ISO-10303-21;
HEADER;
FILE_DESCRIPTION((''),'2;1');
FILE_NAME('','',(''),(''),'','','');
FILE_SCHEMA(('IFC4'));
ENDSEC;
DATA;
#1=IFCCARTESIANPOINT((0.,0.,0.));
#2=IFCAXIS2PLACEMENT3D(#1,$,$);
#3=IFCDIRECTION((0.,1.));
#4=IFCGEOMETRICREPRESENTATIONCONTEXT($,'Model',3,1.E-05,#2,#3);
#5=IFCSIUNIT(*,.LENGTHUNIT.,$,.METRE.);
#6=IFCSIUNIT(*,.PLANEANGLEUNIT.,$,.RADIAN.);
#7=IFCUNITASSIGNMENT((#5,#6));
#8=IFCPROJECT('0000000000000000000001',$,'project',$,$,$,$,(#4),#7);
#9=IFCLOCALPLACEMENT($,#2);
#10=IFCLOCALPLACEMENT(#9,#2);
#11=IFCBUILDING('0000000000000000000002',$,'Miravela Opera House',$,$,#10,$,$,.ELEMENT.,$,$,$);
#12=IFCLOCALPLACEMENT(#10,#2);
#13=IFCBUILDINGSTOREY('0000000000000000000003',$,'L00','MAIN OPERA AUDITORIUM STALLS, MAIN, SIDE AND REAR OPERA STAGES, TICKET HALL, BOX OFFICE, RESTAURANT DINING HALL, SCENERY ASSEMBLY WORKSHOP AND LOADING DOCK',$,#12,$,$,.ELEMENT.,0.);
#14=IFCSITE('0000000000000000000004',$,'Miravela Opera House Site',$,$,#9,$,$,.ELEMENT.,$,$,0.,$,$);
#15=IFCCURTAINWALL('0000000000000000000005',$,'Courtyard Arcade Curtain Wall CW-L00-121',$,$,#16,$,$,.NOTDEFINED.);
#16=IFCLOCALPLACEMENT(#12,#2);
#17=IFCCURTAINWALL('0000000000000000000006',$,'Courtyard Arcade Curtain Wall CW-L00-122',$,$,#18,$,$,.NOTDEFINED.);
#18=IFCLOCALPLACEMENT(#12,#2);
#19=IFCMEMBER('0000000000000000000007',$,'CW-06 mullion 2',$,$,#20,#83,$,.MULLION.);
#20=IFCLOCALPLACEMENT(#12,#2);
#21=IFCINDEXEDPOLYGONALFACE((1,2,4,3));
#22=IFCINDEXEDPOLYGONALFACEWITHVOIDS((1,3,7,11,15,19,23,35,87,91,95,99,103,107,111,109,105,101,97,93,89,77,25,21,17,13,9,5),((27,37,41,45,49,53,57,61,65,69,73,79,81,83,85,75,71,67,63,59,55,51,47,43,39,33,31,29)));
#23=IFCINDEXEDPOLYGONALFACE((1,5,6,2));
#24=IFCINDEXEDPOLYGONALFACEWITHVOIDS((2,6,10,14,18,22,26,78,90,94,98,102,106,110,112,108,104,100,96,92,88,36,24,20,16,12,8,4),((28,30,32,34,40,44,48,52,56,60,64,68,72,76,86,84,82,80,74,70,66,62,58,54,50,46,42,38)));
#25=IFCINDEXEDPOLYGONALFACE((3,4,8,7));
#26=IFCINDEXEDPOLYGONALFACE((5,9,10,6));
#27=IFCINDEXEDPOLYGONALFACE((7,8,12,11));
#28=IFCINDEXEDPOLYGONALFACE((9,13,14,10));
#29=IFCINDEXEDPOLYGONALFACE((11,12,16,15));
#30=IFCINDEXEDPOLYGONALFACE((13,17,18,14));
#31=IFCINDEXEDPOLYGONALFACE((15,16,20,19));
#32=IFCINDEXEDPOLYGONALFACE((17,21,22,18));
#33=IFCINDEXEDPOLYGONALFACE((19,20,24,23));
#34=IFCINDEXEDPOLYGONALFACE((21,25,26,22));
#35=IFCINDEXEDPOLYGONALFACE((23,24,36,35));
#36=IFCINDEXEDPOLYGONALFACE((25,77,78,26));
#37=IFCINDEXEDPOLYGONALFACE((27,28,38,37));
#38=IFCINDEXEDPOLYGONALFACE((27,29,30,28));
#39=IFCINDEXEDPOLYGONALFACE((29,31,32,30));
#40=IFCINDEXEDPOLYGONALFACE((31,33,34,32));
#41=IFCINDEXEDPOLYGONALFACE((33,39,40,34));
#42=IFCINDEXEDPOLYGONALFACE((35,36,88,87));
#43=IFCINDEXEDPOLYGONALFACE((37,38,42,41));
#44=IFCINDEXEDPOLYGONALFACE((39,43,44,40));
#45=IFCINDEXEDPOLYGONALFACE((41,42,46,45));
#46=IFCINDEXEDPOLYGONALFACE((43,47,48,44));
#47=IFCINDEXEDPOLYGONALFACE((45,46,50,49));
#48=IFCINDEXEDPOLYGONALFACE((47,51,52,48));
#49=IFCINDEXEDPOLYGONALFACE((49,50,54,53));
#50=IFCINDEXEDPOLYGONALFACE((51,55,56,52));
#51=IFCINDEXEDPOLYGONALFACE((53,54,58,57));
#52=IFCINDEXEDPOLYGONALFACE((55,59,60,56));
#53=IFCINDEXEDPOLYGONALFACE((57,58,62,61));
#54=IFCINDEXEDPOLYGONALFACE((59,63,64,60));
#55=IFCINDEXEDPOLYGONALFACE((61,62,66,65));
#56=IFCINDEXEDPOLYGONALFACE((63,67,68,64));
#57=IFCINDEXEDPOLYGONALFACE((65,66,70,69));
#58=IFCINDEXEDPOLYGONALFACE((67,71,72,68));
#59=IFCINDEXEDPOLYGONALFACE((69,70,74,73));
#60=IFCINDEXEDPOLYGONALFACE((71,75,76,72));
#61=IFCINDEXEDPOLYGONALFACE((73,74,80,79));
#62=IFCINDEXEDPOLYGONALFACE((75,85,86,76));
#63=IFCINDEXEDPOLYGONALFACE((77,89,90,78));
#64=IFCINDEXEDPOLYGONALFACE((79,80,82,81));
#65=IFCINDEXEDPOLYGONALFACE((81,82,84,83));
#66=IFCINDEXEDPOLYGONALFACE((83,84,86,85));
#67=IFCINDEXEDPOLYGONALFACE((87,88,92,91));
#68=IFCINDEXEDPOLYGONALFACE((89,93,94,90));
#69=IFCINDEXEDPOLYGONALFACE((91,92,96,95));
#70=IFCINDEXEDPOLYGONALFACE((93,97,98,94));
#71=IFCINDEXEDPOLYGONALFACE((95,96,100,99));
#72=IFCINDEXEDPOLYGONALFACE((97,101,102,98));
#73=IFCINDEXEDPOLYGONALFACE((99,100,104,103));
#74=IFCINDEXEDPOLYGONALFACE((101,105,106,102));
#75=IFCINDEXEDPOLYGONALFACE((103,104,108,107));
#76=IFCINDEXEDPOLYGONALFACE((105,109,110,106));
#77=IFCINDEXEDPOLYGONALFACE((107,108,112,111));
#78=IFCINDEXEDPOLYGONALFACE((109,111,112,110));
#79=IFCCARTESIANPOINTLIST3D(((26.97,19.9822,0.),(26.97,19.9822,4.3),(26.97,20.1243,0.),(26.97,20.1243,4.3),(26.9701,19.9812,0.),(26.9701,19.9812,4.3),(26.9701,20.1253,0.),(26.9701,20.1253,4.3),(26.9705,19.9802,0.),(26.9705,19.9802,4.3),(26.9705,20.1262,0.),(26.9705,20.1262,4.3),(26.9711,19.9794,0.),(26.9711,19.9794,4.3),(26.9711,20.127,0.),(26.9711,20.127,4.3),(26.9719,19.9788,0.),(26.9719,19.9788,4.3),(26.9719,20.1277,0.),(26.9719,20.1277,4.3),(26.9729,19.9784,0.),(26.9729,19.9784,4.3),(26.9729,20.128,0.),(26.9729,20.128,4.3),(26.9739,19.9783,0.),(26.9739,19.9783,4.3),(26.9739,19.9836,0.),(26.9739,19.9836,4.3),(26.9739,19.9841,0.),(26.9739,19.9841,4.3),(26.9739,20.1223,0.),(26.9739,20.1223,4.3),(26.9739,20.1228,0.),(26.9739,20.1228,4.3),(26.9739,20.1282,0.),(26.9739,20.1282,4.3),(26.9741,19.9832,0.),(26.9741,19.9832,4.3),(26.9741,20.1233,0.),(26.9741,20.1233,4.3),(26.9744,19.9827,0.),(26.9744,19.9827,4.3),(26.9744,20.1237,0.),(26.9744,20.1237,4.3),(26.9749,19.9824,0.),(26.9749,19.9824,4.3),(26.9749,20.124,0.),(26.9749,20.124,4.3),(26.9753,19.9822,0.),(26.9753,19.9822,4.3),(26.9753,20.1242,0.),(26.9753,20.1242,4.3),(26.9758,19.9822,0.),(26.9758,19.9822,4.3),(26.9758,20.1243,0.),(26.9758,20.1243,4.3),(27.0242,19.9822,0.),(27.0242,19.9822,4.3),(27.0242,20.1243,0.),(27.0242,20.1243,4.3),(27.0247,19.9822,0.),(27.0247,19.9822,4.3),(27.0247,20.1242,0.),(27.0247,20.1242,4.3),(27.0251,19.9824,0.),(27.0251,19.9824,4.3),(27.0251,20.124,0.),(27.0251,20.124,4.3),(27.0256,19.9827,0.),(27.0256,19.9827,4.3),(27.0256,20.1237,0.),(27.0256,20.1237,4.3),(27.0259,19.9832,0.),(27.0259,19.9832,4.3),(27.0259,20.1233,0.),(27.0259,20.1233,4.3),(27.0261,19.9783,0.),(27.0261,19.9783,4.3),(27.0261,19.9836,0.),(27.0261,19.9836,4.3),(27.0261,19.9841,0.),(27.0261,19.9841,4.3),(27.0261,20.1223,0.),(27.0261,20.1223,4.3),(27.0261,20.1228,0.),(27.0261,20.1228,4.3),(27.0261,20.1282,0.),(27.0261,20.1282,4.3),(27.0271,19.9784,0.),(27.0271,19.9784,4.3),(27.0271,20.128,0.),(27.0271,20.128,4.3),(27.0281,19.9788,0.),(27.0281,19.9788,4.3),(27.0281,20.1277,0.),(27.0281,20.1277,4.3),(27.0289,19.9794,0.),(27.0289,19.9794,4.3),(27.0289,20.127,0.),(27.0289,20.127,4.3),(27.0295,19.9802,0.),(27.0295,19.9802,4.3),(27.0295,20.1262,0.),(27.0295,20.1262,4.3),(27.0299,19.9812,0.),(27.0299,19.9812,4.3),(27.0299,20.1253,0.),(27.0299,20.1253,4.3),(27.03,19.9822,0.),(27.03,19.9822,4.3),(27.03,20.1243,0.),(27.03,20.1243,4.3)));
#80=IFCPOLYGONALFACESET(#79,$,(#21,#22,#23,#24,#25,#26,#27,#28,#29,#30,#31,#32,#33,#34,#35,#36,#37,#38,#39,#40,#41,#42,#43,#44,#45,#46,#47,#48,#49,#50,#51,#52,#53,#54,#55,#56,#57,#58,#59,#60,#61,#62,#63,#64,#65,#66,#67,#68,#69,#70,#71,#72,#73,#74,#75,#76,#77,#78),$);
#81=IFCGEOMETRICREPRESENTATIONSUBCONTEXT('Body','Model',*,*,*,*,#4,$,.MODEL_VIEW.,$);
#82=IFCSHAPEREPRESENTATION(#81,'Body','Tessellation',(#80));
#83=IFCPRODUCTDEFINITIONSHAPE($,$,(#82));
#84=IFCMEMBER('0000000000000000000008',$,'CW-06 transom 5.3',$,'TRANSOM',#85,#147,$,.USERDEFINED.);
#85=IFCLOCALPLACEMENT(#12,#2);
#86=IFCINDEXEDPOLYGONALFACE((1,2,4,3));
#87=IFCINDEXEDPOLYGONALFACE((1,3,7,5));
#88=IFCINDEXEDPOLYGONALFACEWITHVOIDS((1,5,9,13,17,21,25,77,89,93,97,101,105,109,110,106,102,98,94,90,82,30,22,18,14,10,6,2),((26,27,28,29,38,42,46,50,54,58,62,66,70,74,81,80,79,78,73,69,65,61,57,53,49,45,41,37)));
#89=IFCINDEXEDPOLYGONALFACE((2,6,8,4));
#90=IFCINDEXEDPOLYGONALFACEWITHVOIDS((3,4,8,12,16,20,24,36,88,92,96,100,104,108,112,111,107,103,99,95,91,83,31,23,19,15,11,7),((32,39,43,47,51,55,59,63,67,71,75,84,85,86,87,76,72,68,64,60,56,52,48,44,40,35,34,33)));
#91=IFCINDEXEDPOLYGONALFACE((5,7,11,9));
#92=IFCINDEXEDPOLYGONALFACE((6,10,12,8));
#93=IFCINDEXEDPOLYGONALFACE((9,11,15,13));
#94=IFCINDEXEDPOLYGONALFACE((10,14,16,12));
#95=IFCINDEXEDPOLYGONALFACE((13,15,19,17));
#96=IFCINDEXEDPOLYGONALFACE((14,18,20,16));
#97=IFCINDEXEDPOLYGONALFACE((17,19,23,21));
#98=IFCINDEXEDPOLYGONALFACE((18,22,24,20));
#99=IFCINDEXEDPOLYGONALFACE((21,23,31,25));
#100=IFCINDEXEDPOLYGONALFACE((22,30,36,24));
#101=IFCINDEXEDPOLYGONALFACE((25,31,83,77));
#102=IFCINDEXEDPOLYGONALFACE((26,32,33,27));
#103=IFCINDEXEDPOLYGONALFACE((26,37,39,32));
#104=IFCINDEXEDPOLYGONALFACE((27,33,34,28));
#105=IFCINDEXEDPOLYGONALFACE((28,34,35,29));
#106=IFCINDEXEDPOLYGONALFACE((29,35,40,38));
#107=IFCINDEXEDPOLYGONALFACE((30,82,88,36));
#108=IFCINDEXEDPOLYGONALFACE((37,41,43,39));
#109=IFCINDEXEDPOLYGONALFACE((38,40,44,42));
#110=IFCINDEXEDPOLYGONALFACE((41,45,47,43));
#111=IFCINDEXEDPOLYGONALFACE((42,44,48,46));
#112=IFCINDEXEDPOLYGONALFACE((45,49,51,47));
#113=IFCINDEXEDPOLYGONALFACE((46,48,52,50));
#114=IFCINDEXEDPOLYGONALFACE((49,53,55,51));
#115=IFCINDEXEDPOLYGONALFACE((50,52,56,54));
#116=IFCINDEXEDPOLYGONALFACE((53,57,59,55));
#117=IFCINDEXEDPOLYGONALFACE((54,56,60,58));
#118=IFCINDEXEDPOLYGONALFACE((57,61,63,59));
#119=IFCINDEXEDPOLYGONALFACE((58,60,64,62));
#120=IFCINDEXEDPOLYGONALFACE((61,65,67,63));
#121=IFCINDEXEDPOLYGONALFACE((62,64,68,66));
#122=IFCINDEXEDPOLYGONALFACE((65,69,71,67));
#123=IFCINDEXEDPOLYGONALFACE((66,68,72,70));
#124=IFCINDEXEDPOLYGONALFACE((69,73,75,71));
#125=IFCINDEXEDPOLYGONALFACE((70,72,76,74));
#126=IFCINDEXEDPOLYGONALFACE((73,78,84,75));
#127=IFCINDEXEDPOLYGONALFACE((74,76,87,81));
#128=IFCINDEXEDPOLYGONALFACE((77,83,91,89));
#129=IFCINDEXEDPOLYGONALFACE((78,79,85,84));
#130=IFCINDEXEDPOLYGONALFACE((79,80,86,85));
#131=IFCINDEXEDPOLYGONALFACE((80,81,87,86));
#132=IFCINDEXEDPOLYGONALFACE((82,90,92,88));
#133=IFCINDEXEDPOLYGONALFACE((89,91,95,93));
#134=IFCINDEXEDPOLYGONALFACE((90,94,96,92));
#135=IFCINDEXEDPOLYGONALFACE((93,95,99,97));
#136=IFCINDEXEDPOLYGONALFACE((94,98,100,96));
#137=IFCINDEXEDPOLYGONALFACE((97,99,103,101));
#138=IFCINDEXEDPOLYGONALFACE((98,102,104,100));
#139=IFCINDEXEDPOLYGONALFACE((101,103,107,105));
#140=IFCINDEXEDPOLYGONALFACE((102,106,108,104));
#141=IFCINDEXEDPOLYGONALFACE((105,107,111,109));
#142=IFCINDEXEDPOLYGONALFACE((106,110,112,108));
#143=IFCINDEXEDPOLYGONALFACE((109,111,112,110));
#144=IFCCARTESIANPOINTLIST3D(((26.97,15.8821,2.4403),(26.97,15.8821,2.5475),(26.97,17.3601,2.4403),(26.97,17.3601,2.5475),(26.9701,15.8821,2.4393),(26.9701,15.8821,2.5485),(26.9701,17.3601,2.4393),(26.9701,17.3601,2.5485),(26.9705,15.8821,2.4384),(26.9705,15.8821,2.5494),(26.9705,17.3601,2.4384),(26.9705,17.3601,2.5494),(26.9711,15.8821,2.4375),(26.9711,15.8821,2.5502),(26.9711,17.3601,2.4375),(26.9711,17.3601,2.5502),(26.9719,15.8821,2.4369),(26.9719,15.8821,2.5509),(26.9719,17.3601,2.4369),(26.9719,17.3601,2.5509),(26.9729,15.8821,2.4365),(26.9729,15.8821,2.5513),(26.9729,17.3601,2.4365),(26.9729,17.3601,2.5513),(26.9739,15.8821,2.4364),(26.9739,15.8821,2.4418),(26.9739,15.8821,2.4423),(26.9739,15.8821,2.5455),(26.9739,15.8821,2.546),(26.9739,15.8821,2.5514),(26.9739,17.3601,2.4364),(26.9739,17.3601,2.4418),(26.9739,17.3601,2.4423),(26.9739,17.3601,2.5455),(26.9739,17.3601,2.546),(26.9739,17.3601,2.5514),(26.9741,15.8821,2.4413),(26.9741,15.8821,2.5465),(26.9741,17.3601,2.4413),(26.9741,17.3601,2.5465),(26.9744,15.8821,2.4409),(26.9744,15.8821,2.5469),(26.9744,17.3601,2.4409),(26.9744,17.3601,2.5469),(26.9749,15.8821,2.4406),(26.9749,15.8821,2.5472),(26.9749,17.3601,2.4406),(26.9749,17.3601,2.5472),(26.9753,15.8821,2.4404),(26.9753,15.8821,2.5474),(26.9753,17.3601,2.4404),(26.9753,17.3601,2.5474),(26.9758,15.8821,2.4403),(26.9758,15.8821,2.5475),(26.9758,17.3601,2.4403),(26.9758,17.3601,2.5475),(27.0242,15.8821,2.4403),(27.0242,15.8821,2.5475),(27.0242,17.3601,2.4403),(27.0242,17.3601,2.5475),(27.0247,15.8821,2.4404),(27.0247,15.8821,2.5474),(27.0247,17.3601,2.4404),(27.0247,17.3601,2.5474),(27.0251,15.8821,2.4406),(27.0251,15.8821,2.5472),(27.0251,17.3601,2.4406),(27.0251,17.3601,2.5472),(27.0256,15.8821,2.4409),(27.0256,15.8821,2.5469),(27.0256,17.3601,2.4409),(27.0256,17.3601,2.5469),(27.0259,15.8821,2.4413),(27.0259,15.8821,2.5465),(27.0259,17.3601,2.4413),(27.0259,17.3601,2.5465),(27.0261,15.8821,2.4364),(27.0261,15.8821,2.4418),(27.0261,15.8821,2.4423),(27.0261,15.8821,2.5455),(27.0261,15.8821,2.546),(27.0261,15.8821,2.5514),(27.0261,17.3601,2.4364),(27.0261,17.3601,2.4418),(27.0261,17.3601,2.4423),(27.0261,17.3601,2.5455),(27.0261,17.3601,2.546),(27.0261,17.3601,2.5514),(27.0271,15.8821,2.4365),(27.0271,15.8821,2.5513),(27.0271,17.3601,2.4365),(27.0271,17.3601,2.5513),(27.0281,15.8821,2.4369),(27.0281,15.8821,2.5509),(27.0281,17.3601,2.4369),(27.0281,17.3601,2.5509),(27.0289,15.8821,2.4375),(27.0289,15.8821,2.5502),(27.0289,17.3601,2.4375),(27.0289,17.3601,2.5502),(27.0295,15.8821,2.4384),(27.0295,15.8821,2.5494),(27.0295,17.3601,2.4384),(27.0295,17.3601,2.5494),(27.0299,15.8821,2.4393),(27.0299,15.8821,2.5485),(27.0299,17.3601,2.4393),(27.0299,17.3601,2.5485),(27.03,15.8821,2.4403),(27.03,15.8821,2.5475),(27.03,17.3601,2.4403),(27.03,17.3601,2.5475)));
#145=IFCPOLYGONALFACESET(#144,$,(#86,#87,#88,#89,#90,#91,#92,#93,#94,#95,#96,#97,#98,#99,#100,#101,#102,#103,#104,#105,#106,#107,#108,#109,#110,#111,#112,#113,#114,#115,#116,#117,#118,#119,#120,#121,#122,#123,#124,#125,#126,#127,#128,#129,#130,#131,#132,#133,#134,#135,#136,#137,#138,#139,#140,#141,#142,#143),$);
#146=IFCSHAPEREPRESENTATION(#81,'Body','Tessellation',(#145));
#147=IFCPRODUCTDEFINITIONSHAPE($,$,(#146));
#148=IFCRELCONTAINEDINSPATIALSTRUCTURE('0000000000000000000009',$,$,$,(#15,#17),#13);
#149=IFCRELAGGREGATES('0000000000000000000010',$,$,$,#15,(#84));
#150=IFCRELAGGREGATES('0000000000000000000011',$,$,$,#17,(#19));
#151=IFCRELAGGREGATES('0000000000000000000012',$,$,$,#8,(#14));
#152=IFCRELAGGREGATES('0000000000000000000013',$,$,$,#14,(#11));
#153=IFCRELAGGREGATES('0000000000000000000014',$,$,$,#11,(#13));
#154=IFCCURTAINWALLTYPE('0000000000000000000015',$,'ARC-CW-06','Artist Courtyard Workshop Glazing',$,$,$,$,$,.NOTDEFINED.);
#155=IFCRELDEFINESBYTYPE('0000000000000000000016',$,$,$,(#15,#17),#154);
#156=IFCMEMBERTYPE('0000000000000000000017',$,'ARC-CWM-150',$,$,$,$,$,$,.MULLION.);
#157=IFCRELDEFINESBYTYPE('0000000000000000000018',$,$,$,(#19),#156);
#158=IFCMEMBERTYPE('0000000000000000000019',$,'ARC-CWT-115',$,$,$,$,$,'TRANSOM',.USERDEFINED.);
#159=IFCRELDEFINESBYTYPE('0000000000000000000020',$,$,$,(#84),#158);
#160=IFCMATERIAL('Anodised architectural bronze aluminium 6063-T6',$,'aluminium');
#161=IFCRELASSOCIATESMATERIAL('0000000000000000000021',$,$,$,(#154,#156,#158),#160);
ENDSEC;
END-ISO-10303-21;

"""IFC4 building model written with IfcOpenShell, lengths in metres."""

from ifc_helpers import new_model, si_unit, direction, frame, origin, origin_2d, place, context, subcontext, project, spatial, hollow_rectangle, extrude, material, material_profile, profile_set, type_object, element, aggregate, save


model = new_model("IFC4")

# Units and contexts
model_context = context("Model", 3, precision=1e-05, world=origin(), true_north=direction((0.0, 1.0)))
body_context = subcontext(model_context, "Body", "Model", "MODEL_VIEW")
ifc_project = project(units=[si_unit("LENGTHUNIT", "METRE"), si_unit("PLANEANGLEUNIT", "RADIAN")], contexts=[model_context])

# Site, building, storey
site_placement = place(None, origin())
site = spatial("IfcSite", under=ifc_project, at=site_placement, Name="Miravela Opera House Site", CompositionType="ELEMENT", RefElevation=0.0)
building_placement = place(site_placement, origin())
building = spatial("IfcBuilding", under=site, at=building_placement, Name="Miravela Opera House", CompositionType="ELEMENT")
storey_placement = place(building_placement, origin())
storey = spatial("IfcBuildingStorey", under=building, at=storey_placement, Name="L00", Description="MAIN OPERA AUDITORIUM STALLS, MAIN, SIDE AND REAR OPERA STAGES, TICKET HALL, BOX OFFICE, RESTAURANT DINING HALL, SCENERY ASSEMBLY WORKSHOP AND LOADING DOCK", CompositionType="ELEMENT", Elevation=0.0)

# Curtain wall
ifc_material_1 = material(Name="Anodised architectural bronze aluminium 6063-T6", Category="aluminium")
curtain_wall_type = type_object("IfcCurtainWallType", Name="ARC-CW-06", Description="Artist Courtyard Workshop Glazing", PredefinedType="NOTDEFINED", material=ifc_material_1)
curtain_wall_1_placement = place(storey_placement, origin())
curtain_wall_1 = element("IfcCurtainWall", 1, at=curtain_wall_1_placement, inside=storey, type_object=curtain_wall_type, Name="Courtyard Arcade Curtain Wall CW-L00-121", PredefinedType="NOTDEFINED")
ifc_material_profile_1 = material_profile(ifc_material_1, hollow_rectangle(XDim=0.0601, YDim=0.1499, WallThickness=0.0039, InnerFilletRadius=0.002, OuterFilletRadius=0.0039, at=origin_2d()), Name="CWM-60X150")
ifc_profile_set_1 = profile_set([ifc_material_profile_1])
member_type_1 = type_object("IfcMemberType", Name="ARC-CWM-150", PredefinedType="MULLION", material=ifc_profile_set_1)

# Curtain wall, member
curtain_wall_2_placement = place(storey_placement, origin())
curtain_wall_2 = element("IfcCurtainWall", 2, at=curtain_wall_2_placement, inside=storey, type_object=curtain_wall_type, Name="Courtyard Arcade Curtain Wall CW-L00-122", PredefinedType="NOTDEFINED")
member_1_placement = place(storey_placement, frame((27.0, 20.0532, 0.0), z_axis=(0.0, 0.0, 1.0), x_axis=(-1.0, 0.0, 0.0)))
member_1 = element("IfcMember", 3, at=member_1_placement, type_object=member_type_1, Name="CW-06 mullion 2", PredefinedType="MULLION", context=body_context, shape_type="SweptSolid", body=[
    extrude(hollow_rectangle(XDim=0.0601, YDim=0.1499, WallThickness=0.0039, InnerFilletRadius=0.002, OuterFilletRadius=0.0039, at=origin_2d()), origin(), (0.0, 0.0, 1.0), 4.3),
])

# Member
ifc_material_profile_2 = material_profile(ifc_material_1, hollow_rectangle(XDim=0.0601, YDim=0.115, WallThickness=0.0039, InnerFilletRadius=0.002, OuterFilletRadius=0.0039, at=origin_2d()), Name="CWT-60X115")
ifc_profile_set_2 = profile_set([ifc_material_profile_2])
member_type_2 = type_object("IfcMemberType", Name="ARC-CWT-115", ElementType="TRANSOM", PredefinedType="USERDEFINED", material=ifc_profile_set_2)
member_2_placement = place(storey_placement, frame((27.0, 15.8821, 2.4939), z_axis=(0.0, 1.0, 0.0), x_axis=(-1.0, 0.0, 0.0)))
member_2 = element("IfcMember", 4, at=member_2_placement, type_object=member_type_2, Name="CW-06 transom 5.3", ObjectType="TRANSOM", PredefinedType="USERDEFINED", context=body_context, shape_type="SweptSolid", body=[
    extrude(hollow_rectangle(XDim=0.0601, YDim=0.115, WallThickness=0.0039, InnerFilletRadius=0.002, OuterFilletRadius=0.0039, at=origin_2d()), origin(), (0.0, 0.0, 1.0), 1.478),
])

aggregate(curtain_wall_1, [member_2])
aggregate(curtain_wall_2, [member_1])

save(model, "model.ifc")
